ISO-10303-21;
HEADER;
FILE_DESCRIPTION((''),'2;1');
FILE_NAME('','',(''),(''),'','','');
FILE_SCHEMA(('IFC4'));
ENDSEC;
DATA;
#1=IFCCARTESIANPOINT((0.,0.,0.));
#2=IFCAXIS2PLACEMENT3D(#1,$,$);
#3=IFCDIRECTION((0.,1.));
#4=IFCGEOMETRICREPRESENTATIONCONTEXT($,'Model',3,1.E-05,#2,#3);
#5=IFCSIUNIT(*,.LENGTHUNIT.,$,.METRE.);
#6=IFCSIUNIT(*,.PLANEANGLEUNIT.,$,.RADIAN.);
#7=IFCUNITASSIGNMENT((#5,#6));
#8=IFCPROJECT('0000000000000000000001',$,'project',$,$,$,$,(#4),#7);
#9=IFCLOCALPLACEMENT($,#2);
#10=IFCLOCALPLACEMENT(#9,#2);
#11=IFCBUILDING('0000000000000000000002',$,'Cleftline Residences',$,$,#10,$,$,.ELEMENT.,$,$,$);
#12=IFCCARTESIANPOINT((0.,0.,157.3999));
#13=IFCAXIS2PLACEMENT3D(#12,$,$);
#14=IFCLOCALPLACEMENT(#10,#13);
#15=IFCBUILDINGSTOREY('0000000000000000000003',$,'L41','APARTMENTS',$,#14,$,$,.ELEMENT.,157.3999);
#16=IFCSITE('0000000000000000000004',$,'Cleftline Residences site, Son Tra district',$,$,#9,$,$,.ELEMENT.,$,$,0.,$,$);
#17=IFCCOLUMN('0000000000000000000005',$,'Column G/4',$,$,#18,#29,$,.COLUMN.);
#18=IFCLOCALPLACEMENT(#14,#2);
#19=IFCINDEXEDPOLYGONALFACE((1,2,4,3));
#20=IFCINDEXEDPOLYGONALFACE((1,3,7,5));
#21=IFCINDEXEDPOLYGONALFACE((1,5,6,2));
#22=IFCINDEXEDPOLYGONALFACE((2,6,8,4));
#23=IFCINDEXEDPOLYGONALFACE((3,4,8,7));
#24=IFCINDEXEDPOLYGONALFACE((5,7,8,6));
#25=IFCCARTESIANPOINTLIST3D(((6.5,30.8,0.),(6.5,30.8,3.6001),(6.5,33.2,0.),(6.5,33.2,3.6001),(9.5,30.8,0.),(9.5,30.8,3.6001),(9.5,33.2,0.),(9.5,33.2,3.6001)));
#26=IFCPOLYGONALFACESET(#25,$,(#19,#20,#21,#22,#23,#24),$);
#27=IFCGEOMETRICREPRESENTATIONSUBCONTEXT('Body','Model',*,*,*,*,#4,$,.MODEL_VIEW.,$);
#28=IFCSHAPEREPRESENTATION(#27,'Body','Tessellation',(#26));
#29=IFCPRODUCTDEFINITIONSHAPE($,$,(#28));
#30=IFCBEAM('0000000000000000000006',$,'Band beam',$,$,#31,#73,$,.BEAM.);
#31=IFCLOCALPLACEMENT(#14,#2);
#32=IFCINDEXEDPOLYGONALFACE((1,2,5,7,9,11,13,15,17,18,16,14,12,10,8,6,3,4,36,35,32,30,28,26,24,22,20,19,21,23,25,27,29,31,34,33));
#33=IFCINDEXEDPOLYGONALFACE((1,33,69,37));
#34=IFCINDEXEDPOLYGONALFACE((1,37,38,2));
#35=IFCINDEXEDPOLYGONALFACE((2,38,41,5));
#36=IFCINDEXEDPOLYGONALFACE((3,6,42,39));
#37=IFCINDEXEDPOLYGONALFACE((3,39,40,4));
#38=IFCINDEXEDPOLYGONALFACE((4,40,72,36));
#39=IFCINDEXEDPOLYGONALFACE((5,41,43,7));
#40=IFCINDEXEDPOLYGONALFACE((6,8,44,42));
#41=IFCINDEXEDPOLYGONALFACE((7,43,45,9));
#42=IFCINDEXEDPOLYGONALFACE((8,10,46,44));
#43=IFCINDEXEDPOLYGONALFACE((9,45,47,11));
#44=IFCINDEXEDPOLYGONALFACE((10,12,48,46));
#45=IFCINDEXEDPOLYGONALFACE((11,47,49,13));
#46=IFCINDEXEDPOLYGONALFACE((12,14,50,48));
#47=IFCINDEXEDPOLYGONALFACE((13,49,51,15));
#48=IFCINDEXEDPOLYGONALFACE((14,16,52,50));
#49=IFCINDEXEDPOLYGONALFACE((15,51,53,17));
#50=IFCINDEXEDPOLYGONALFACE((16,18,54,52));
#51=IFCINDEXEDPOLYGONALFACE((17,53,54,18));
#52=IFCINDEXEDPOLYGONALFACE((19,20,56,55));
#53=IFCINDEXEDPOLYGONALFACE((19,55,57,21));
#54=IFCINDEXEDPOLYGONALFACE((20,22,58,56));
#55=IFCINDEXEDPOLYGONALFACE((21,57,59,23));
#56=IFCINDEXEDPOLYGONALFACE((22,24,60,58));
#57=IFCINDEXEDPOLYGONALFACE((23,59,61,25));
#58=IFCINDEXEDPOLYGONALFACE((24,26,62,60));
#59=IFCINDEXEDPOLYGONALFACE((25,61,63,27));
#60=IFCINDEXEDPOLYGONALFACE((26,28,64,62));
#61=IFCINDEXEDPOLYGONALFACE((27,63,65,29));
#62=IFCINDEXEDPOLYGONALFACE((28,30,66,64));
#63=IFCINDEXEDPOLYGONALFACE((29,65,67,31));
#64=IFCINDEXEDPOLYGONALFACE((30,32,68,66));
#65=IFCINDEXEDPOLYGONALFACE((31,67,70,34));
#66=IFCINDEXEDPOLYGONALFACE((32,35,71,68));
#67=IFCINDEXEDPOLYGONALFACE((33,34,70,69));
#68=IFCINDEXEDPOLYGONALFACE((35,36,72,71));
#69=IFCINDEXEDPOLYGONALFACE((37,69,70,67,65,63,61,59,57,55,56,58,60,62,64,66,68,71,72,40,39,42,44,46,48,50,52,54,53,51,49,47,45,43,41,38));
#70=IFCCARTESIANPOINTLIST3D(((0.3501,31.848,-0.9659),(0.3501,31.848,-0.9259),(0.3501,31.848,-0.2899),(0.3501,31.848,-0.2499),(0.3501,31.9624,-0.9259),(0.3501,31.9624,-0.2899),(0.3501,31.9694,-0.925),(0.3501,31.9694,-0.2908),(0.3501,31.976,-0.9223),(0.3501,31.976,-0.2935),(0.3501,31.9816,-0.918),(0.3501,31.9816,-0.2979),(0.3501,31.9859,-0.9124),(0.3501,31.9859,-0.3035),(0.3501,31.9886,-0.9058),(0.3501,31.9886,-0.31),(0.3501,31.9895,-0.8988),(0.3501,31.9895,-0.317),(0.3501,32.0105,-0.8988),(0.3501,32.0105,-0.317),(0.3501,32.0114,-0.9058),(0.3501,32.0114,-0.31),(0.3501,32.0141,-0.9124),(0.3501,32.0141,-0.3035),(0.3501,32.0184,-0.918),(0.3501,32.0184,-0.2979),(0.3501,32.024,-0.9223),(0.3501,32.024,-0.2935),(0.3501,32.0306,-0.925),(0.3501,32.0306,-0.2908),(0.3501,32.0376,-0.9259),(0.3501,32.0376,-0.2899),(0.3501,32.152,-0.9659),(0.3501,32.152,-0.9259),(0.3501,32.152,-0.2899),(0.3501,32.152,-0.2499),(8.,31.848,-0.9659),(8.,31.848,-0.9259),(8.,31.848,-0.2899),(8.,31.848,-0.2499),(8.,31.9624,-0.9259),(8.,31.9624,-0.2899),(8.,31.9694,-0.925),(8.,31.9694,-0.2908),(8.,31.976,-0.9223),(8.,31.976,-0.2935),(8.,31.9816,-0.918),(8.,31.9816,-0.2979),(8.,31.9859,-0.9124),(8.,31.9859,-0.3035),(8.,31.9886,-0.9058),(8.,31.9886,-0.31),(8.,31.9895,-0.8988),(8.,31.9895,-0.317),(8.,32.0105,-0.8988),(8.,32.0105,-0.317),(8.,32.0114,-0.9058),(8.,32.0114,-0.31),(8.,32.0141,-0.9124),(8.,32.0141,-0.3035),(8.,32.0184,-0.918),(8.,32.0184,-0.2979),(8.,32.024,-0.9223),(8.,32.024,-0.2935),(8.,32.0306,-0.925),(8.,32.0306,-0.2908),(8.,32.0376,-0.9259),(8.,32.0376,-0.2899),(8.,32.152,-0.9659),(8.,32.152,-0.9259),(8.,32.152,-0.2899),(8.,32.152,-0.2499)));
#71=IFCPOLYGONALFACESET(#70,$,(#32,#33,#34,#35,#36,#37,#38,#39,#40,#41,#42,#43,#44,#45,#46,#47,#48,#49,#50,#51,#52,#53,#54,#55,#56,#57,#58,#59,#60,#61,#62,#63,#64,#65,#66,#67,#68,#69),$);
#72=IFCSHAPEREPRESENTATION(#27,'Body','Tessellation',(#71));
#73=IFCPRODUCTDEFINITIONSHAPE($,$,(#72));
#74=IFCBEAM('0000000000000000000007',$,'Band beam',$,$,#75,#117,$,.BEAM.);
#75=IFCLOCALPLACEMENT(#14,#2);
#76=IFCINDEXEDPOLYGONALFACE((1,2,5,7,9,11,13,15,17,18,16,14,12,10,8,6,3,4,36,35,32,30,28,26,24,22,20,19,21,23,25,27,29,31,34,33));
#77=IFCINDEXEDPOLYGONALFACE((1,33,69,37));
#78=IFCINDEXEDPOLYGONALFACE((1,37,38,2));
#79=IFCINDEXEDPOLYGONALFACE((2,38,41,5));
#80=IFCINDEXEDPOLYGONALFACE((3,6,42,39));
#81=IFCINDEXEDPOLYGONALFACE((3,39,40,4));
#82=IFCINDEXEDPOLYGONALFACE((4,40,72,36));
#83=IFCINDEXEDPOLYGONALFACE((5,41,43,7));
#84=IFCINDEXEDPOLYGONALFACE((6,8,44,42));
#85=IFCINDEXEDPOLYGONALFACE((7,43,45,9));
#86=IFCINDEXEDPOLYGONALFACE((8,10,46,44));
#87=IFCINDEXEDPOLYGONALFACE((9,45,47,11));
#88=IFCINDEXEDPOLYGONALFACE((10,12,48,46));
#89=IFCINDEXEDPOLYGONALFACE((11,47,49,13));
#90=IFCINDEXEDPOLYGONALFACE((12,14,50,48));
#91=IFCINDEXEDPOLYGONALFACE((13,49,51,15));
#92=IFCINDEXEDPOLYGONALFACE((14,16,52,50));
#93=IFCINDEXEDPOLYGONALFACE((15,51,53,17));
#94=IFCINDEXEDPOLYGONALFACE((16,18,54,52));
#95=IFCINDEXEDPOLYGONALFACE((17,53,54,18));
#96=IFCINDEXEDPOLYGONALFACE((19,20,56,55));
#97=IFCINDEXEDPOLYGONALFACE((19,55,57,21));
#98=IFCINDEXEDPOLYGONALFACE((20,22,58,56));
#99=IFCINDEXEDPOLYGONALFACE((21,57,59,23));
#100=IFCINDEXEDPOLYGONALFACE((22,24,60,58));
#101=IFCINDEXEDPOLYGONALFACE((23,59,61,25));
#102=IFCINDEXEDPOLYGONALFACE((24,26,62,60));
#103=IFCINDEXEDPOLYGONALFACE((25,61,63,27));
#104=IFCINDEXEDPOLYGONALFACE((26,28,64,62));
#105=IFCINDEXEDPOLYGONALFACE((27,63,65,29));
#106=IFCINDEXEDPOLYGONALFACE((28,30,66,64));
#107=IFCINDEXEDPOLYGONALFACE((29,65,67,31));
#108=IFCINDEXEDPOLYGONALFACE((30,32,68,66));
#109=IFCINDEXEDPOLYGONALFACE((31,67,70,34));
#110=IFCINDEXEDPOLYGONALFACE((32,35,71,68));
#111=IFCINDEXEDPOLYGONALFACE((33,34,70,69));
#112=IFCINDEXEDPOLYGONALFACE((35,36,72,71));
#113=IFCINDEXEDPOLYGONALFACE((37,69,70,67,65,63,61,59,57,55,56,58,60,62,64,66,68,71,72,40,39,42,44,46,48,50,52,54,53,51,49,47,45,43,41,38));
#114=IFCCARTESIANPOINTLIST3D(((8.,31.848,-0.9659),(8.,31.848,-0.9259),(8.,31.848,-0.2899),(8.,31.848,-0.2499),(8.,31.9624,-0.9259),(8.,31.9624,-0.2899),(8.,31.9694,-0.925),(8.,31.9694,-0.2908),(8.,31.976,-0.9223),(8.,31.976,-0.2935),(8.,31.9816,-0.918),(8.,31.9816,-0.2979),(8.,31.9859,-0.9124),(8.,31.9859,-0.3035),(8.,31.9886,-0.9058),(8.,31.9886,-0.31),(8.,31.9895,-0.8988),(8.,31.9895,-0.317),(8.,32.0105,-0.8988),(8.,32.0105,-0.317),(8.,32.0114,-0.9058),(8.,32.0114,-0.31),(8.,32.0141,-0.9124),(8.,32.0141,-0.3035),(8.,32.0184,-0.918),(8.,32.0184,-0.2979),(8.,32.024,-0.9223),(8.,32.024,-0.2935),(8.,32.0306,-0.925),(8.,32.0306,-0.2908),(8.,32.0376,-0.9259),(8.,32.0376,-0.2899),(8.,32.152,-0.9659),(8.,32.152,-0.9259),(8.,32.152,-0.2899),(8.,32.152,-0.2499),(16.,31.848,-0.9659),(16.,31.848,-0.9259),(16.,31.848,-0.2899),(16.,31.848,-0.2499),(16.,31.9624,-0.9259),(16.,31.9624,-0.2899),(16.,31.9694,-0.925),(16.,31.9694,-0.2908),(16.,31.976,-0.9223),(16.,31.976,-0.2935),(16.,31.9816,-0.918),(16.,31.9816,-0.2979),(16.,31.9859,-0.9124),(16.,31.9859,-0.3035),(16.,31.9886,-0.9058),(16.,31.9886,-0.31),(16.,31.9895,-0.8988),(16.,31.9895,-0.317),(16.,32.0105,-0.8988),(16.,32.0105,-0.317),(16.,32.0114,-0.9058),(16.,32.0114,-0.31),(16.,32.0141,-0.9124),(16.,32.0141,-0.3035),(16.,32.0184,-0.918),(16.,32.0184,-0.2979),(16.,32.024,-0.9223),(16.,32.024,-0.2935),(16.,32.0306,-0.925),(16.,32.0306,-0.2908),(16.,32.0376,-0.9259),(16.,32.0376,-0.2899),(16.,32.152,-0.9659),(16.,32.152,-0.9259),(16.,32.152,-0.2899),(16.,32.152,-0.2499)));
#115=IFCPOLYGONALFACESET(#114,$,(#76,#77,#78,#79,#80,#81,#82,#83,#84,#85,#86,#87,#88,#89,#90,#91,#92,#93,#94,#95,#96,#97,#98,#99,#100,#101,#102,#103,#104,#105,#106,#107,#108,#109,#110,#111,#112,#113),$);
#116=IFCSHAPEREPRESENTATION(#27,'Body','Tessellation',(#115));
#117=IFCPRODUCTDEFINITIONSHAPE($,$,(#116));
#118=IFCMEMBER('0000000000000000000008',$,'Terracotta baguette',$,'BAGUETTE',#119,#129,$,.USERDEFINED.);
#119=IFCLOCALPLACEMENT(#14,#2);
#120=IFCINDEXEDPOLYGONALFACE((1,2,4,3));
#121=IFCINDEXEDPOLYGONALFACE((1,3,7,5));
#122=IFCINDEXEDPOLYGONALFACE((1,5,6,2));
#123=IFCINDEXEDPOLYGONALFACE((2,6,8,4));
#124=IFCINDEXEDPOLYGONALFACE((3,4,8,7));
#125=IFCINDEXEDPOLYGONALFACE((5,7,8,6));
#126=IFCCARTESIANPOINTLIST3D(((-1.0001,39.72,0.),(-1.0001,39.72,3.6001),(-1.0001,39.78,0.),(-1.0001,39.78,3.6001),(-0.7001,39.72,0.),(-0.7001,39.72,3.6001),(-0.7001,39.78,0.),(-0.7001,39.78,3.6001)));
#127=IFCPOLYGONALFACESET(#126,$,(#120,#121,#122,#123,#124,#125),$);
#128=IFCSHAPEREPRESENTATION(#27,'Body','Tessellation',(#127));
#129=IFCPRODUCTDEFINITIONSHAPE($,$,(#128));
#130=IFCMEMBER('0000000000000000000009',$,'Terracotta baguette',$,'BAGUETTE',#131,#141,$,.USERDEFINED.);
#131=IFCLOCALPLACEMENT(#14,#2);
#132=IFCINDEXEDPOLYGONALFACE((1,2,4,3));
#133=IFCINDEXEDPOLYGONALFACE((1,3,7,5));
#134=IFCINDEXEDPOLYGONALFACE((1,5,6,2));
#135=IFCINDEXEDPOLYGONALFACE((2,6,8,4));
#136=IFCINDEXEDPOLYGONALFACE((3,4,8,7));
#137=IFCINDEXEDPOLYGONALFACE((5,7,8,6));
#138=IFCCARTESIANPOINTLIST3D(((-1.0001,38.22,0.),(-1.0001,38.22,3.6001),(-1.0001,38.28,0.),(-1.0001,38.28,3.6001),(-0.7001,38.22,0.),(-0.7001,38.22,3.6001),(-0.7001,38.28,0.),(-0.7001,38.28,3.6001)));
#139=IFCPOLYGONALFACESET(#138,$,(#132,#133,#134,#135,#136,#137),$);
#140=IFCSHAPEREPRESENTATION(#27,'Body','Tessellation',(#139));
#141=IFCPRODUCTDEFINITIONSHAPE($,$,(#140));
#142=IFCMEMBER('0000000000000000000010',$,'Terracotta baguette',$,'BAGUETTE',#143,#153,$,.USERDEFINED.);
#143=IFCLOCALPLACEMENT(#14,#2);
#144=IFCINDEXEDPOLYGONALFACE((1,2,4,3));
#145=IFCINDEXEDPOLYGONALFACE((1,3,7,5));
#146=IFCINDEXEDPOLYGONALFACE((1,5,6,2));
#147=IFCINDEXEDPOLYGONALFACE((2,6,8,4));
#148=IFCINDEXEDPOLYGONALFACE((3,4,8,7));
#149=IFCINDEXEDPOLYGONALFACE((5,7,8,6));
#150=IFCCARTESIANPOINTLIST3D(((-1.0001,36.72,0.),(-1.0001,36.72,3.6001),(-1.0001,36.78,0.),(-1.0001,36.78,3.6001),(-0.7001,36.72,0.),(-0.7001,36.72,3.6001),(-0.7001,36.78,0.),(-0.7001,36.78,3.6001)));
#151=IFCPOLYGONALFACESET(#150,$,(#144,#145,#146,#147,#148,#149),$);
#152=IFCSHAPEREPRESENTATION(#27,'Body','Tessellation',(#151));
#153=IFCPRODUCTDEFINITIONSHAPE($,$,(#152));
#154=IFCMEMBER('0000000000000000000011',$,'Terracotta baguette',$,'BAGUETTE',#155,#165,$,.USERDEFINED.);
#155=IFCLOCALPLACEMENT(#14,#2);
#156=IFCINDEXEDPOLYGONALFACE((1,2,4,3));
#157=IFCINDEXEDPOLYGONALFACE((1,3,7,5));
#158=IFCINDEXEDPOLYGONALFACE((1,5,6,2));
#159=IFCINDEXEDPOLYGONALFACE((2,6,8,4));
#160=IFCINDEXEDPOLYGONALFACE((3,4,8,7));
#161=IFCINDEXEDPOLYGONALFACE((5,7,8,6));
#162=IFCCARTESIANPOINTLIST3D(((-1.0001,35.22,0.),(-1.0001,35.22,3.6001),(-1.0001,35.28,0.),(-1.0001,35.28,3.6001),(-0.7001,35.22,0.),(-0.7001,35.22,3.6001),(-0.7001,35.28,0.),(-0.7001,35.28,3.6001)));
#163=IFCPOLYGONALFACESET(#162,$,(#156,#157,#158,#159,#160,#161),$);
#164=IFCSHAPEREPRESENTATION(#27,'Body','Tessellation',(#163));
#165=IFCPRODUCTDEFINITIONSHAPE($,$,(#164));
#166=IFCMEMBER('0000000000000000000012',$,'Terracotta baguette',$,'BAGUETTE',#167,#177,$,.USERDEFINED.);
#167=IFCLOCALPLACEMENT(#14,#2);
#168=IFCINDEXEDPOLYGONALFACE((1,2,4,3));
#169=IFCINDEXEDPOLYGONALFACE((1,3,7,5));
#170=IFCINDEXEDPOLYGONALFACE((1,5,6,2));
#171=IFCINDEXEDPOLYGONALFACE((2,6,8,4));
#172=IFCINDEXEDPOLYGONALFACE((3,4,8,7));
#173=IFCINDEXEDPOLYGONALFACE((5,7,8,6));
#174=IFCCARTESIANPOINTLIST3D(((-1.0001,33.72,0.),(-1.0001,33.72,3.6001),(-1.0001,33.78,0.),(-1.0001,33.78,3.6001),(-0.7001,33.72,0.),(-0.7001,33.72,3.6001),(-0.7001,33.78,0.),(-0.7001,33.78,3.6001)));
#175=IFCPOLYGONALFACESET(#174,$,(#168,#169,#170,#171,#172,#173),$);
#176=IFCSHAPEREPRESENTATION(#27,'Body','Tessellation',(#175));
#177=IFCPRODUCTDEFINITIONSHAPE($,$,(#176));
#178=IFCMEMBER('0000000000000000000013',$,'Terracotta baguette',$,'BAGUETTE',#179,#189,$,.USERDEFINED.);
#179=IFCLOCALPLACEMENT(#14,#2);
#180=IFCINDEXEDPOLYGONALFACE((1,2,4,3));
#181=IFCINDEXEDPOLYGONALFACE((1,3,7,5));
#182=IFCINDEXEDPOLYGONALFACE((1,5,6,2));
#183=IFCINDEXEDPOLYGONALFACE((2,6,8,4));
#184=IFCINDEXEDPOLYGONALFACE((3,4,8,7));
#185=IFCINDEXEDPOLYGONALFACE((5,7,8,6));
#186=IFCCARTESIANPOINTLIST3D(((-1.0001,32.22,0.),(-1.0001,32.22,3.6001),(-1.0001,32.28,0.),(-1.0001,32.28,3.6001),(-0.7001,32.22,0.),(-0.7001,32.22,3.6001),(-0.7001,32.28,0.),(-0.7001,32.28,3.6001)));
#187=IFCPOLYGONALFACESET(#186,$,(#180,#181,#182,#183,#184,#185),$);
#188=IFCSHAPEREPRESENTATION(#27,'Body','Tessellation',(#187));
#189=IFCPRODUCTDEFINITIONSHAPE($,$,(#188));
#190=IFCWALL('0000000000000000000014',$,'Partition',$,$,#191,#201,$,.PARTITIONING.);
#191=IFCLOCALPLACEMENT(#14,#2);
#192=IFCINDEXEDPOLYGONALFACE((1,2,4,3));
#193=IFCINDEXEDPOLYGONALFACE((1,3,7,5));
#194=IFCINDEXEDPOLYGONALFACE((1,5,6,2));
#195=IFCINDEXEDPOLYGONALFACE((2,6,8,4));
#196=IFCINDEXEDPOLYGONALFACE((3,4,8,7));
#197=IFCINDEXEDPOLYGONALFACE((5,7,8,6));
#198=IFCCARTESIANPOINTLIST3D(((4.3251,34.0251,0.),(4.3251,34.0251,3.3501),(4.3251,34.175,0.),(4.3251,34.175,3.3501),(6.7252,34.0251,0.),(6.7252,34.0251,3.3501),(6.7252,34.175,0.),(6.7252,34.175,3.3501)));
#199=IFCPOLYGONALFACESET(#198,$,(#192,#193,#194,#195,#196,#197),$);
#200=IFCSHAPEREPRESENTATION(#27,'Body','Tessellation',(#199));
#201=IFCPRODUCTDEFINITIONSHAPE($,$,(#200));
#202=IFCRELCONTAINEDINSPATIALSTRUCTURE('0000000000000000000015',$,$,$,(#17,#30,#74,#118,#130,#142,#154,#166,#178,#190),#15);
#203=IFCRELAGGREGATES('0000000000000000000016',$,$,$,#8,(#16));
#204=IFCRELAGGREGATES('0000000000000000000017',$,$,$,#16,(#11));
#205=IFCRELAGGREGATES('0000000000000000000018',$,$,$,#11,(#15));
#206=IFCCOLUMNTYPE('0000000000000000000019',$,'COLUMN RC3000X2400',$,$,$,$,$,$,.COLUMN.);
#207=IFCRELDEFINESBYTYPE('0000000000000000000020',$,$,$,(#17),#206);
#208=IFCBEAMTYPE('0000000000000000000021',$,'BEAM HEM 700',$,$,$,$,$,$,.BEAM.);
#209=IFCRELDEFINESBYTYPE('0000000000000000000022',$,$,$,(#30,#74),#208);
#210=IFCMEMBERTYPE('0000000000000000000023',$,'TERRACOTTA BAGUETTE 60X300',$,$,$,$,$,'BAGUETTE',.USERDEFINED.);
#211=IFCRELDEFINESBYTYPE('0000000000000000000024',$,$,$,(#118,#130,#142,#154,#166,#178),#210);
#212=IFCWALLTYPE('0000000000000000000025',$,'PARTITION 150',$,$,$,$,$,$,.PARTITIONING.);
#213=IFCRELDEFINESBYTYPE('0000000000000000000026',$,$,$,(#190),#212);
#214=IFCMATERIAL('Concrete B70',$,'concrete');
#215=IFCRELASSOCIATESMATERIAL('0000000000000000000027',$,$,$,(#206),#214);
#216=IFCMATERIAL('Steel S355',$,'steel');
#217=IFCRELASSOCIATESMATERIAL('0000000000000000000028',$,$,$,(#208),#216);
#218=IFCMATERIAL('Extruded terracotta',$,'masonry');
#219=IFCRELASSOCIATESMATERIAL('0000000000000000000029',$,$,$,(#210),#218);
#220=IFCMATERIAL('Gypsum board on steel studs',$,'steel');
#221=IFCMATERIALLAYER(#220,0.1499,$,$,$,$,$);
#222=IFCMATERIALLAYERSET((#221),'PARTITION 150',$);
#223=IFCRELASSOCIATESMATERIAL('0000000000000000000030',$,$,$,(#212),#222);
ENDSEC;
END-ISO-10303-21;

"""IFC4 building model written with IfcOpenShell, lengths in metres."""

from ifc_helpers import new_model, si_unit, direction, frame, frame_2d, origin, origin_2d, place, context, subcontext, project, spatial, rectangle, i_section, extrude, material, layer, layer_set, material_profile, profile_set, type_object, element, save


model = new_model("IFC4")

# Units and contexts
model_context = context("Model", 3, precision=1e-05, world=origin(), true_north=direction((0.0, 1.0)))
body_context = subcontext(model_context, "Body", "Model", "MODEL_VIEW")
ifc_project = project(units=[si_unit("LENGTHUNIT", "METRE"), si_unit("PLANEANGLEUNIT", "RADIAN")], contexts=[model_context])

# Site, building, storey
site_placement = place(None, origin())
site = spatial("IfcSite", under=ifc_project, at=site_placement, Name="Cleftline Residences site, Son Tra district", CompositionType="ELEMENT", RefElevation=0.0)
building_placement = place(site_placement, origin())
building = spatial("IfcBuilding", under=site, at=building_placement, Name="Cleftline Residences", CompositionType="ELEMENT")
storey_placement = place(building_placement, frame((0.0, 0.0, 157.3999)))
storey = spatial("IfcBuildingStorey", under=building, at=storey_placement, Name="L41", Description="APARTMENTS", CompositionType="ELEMENT", Elevation=157.3999)

# Column
ifc_material_1 = material(Name="Concrete B70", Category="concrete")
ifc_material_profile_1 = material_profile(ifc_material_1, rectangle(XDim=3.0, YDim=2.3999, at=origin_2d()))
ifc_profile_set_1 = profile_set([ifc_material_profile_1], Name="Concrete B70")
column_type = type_object("IfcColumnType", Name="COLUMN RC3000X2400", PredefinedType="COLUMN", material=ifc_profile_set_1)
column_placement = place(storey_placement, frame((8.0, 32.0, 0.0), z_axis=(0.0, 0.0, 1.0), x_axis=(1.0, 0.0, 0.0)))
element("IfcColumn", 1, at=column_placement, inside=storey, type_object=column_type, Name="Column G/4", PredefinedType="COLUMN", context=body_context, shape_type="SweptSolid", body=[
    extrude(rectangle(XDim=3.0, YDim=2.3999, at=origin_2d()), origin(), (0.0, 0.0, 1.0), 3.6001),
])

# Beams
ifc_material_2 = material(Name="Steel S355", Category="steel")
ifc_material_profile_2 = material_profile(ifc_material_2, i_section(OverallWidth=0.304, OverallDepth=0.7161, WebThickness=0.021, FlangeThickness=0.04, FilletRadius=0.0271, at=origin_2d()))
ifc_profile_set_2 = profile_set([ifc_material_profile_2], Name="Steel S355")
beam_type = type_object("IfcBeamType", Name="BEAM HEM 700", PredefinedType="BEAM", material=ifc_profile_set_2)
beam_1_placement = place(storey_placement, frame((0.3501, 32.0, -0.6079), z_axis=(1.0, 0.0, 0.0), x_axis=(0.0, 1.0, 0.0)))
element("IfcBeam", 2, at=beam_1_placement, inside=storey, type_object=beam_type, Name="Band beam", PredefinedType="BEAM", context=body_context, shape_type="SweptSolid", body=[
    extrude(i_section(OverallWidth=0.304, OverallDepth=0.7161, WebThickness=0.021, FlangeThickness=0.04, FilletRadius=0.0271, at=origin_2d()), origin(), (0.0, 0.0, 1.0), 7.6499),
])
beam_2_placement = place(storey_placement, frame((8.0, 32.0, -0.6079), z_axis=(1.0, 0.0, 0.0), x_axis=(0.0, 1.0, 0.0)))
element("IfcBeam", 3, at=beam_2_placement, inside=storey, type_object=beam_type, Name="Band beam", PredefinedType="BEAM", context=body_context, shape_type="SweptSolid", body=[
    extrude(i_section(OverallWidth=0.304, OverallDepth=0.7161, WebThickness=0.021, FlangeThickness=0.04, FilletRadius=0.0271, at=origin_2d()), origin(), (0.0, 0.0, 1.0), 8.0),
])

# Members
ifc_material_3 = material(Name="Extruded terracotta", Category="masonry")
ifc_material_profile_3 = material_profile(ifc_material_3, rectangle(XDim=0.0601, YDim=0.3, at=origin_2d()))
ifc_profile_set_3 = profile_set([ifc_material_profile_3], Name="Extruded terracotta")
member_type = type_object("IfcMemberType", Name="TERRACOTTA BAGUETTE 60X300", ElementType="BAGUETTE", PredefinedType="USERDEFINED", material=ifc_profile_set_3)
for number, where, z_axis, x_axis, name in (
    (4, (-0.8501, 39.75, 0.0), (0.0, 0.0, 1.0), (0.0, 1.0, 0.0), "Terracotta baguette"),
    (5, (-0.8501, 38.25, 0.0), (0.0, 0.0, 1.0), (0.0, 1.0, 0.0), "Terracotta baguette"),
    (6, (-0.8501, 36.75, 0.0), (0.0, 0.0, 1.0), (0.0, 1.0, 0.0), "Terracotta baguette"),
    (7, (-0.8501, 35.25, 0.0), (0.0, 0.0, 1.0), (0.0, 1.0, 0.0), "Terracotta baguette"),
    (8, (-0.8501, 33.75, 0.0), (0.0, 0.0, 1.0), (0.0, 1.0, 0.0), "Terracotta baguette"),
    (9, (-0.8501, 32.25, 0.0), (0.0, 0.0, 1.0), (0.0, 1.0, 0.0), "Terracotta baguette"),
):
    element("IfcMember", number, at=place(storey_placement, frame(where, z_axis=z_axis, x_axis=x_axis)), inside=storey, type_object=member_type, Name=name, ObjectType="BAGUETTE", PredefinedType="USERDEFINED", context=body_context, shape_type="SweptSolid", body=[
        extrude(rectangle(XDim=0.0601, YDim=0.3, at=origin_2d()), origin(), (0.0, 0.0, 1.0), 3.6001),
    ])

# Wall
ifc_material_4 = material(Name="Gypsum board on steel studs", Category="steel")
ifc_layer = layer(ifc_material_4, 0.1499)
ifc_layer_set = layer_set([ifc_layer], Name="PARTITION 150")
wall_type = type_object("IfcWallType", Name="PARTITION 150", PredefinedType="PARTITIONING", material=ifc_layer_set)
wall_1_placement = place(storey_placement, frame((4.325, 34.1001, 0.0), z_axis=(0.0, 0.0, 1.0), x_axis=(1.0, 0.0, 0.0)))
element("IfcWall", 10, at=wall_1_placement, inside=storey, type_object=wall_type, Name="Partition", PredefinedType="PARTITIONING", context=body_context, shape_type="SweptSolid", body=[
    extrude(rectangle(XDim=2.4001, YDim=0.1499, at=frame_2d((1.2002, 0.0))), origin(), (0.0, 0.0, 1.0), 3.3501),
])

save(model, "model.ifc")
